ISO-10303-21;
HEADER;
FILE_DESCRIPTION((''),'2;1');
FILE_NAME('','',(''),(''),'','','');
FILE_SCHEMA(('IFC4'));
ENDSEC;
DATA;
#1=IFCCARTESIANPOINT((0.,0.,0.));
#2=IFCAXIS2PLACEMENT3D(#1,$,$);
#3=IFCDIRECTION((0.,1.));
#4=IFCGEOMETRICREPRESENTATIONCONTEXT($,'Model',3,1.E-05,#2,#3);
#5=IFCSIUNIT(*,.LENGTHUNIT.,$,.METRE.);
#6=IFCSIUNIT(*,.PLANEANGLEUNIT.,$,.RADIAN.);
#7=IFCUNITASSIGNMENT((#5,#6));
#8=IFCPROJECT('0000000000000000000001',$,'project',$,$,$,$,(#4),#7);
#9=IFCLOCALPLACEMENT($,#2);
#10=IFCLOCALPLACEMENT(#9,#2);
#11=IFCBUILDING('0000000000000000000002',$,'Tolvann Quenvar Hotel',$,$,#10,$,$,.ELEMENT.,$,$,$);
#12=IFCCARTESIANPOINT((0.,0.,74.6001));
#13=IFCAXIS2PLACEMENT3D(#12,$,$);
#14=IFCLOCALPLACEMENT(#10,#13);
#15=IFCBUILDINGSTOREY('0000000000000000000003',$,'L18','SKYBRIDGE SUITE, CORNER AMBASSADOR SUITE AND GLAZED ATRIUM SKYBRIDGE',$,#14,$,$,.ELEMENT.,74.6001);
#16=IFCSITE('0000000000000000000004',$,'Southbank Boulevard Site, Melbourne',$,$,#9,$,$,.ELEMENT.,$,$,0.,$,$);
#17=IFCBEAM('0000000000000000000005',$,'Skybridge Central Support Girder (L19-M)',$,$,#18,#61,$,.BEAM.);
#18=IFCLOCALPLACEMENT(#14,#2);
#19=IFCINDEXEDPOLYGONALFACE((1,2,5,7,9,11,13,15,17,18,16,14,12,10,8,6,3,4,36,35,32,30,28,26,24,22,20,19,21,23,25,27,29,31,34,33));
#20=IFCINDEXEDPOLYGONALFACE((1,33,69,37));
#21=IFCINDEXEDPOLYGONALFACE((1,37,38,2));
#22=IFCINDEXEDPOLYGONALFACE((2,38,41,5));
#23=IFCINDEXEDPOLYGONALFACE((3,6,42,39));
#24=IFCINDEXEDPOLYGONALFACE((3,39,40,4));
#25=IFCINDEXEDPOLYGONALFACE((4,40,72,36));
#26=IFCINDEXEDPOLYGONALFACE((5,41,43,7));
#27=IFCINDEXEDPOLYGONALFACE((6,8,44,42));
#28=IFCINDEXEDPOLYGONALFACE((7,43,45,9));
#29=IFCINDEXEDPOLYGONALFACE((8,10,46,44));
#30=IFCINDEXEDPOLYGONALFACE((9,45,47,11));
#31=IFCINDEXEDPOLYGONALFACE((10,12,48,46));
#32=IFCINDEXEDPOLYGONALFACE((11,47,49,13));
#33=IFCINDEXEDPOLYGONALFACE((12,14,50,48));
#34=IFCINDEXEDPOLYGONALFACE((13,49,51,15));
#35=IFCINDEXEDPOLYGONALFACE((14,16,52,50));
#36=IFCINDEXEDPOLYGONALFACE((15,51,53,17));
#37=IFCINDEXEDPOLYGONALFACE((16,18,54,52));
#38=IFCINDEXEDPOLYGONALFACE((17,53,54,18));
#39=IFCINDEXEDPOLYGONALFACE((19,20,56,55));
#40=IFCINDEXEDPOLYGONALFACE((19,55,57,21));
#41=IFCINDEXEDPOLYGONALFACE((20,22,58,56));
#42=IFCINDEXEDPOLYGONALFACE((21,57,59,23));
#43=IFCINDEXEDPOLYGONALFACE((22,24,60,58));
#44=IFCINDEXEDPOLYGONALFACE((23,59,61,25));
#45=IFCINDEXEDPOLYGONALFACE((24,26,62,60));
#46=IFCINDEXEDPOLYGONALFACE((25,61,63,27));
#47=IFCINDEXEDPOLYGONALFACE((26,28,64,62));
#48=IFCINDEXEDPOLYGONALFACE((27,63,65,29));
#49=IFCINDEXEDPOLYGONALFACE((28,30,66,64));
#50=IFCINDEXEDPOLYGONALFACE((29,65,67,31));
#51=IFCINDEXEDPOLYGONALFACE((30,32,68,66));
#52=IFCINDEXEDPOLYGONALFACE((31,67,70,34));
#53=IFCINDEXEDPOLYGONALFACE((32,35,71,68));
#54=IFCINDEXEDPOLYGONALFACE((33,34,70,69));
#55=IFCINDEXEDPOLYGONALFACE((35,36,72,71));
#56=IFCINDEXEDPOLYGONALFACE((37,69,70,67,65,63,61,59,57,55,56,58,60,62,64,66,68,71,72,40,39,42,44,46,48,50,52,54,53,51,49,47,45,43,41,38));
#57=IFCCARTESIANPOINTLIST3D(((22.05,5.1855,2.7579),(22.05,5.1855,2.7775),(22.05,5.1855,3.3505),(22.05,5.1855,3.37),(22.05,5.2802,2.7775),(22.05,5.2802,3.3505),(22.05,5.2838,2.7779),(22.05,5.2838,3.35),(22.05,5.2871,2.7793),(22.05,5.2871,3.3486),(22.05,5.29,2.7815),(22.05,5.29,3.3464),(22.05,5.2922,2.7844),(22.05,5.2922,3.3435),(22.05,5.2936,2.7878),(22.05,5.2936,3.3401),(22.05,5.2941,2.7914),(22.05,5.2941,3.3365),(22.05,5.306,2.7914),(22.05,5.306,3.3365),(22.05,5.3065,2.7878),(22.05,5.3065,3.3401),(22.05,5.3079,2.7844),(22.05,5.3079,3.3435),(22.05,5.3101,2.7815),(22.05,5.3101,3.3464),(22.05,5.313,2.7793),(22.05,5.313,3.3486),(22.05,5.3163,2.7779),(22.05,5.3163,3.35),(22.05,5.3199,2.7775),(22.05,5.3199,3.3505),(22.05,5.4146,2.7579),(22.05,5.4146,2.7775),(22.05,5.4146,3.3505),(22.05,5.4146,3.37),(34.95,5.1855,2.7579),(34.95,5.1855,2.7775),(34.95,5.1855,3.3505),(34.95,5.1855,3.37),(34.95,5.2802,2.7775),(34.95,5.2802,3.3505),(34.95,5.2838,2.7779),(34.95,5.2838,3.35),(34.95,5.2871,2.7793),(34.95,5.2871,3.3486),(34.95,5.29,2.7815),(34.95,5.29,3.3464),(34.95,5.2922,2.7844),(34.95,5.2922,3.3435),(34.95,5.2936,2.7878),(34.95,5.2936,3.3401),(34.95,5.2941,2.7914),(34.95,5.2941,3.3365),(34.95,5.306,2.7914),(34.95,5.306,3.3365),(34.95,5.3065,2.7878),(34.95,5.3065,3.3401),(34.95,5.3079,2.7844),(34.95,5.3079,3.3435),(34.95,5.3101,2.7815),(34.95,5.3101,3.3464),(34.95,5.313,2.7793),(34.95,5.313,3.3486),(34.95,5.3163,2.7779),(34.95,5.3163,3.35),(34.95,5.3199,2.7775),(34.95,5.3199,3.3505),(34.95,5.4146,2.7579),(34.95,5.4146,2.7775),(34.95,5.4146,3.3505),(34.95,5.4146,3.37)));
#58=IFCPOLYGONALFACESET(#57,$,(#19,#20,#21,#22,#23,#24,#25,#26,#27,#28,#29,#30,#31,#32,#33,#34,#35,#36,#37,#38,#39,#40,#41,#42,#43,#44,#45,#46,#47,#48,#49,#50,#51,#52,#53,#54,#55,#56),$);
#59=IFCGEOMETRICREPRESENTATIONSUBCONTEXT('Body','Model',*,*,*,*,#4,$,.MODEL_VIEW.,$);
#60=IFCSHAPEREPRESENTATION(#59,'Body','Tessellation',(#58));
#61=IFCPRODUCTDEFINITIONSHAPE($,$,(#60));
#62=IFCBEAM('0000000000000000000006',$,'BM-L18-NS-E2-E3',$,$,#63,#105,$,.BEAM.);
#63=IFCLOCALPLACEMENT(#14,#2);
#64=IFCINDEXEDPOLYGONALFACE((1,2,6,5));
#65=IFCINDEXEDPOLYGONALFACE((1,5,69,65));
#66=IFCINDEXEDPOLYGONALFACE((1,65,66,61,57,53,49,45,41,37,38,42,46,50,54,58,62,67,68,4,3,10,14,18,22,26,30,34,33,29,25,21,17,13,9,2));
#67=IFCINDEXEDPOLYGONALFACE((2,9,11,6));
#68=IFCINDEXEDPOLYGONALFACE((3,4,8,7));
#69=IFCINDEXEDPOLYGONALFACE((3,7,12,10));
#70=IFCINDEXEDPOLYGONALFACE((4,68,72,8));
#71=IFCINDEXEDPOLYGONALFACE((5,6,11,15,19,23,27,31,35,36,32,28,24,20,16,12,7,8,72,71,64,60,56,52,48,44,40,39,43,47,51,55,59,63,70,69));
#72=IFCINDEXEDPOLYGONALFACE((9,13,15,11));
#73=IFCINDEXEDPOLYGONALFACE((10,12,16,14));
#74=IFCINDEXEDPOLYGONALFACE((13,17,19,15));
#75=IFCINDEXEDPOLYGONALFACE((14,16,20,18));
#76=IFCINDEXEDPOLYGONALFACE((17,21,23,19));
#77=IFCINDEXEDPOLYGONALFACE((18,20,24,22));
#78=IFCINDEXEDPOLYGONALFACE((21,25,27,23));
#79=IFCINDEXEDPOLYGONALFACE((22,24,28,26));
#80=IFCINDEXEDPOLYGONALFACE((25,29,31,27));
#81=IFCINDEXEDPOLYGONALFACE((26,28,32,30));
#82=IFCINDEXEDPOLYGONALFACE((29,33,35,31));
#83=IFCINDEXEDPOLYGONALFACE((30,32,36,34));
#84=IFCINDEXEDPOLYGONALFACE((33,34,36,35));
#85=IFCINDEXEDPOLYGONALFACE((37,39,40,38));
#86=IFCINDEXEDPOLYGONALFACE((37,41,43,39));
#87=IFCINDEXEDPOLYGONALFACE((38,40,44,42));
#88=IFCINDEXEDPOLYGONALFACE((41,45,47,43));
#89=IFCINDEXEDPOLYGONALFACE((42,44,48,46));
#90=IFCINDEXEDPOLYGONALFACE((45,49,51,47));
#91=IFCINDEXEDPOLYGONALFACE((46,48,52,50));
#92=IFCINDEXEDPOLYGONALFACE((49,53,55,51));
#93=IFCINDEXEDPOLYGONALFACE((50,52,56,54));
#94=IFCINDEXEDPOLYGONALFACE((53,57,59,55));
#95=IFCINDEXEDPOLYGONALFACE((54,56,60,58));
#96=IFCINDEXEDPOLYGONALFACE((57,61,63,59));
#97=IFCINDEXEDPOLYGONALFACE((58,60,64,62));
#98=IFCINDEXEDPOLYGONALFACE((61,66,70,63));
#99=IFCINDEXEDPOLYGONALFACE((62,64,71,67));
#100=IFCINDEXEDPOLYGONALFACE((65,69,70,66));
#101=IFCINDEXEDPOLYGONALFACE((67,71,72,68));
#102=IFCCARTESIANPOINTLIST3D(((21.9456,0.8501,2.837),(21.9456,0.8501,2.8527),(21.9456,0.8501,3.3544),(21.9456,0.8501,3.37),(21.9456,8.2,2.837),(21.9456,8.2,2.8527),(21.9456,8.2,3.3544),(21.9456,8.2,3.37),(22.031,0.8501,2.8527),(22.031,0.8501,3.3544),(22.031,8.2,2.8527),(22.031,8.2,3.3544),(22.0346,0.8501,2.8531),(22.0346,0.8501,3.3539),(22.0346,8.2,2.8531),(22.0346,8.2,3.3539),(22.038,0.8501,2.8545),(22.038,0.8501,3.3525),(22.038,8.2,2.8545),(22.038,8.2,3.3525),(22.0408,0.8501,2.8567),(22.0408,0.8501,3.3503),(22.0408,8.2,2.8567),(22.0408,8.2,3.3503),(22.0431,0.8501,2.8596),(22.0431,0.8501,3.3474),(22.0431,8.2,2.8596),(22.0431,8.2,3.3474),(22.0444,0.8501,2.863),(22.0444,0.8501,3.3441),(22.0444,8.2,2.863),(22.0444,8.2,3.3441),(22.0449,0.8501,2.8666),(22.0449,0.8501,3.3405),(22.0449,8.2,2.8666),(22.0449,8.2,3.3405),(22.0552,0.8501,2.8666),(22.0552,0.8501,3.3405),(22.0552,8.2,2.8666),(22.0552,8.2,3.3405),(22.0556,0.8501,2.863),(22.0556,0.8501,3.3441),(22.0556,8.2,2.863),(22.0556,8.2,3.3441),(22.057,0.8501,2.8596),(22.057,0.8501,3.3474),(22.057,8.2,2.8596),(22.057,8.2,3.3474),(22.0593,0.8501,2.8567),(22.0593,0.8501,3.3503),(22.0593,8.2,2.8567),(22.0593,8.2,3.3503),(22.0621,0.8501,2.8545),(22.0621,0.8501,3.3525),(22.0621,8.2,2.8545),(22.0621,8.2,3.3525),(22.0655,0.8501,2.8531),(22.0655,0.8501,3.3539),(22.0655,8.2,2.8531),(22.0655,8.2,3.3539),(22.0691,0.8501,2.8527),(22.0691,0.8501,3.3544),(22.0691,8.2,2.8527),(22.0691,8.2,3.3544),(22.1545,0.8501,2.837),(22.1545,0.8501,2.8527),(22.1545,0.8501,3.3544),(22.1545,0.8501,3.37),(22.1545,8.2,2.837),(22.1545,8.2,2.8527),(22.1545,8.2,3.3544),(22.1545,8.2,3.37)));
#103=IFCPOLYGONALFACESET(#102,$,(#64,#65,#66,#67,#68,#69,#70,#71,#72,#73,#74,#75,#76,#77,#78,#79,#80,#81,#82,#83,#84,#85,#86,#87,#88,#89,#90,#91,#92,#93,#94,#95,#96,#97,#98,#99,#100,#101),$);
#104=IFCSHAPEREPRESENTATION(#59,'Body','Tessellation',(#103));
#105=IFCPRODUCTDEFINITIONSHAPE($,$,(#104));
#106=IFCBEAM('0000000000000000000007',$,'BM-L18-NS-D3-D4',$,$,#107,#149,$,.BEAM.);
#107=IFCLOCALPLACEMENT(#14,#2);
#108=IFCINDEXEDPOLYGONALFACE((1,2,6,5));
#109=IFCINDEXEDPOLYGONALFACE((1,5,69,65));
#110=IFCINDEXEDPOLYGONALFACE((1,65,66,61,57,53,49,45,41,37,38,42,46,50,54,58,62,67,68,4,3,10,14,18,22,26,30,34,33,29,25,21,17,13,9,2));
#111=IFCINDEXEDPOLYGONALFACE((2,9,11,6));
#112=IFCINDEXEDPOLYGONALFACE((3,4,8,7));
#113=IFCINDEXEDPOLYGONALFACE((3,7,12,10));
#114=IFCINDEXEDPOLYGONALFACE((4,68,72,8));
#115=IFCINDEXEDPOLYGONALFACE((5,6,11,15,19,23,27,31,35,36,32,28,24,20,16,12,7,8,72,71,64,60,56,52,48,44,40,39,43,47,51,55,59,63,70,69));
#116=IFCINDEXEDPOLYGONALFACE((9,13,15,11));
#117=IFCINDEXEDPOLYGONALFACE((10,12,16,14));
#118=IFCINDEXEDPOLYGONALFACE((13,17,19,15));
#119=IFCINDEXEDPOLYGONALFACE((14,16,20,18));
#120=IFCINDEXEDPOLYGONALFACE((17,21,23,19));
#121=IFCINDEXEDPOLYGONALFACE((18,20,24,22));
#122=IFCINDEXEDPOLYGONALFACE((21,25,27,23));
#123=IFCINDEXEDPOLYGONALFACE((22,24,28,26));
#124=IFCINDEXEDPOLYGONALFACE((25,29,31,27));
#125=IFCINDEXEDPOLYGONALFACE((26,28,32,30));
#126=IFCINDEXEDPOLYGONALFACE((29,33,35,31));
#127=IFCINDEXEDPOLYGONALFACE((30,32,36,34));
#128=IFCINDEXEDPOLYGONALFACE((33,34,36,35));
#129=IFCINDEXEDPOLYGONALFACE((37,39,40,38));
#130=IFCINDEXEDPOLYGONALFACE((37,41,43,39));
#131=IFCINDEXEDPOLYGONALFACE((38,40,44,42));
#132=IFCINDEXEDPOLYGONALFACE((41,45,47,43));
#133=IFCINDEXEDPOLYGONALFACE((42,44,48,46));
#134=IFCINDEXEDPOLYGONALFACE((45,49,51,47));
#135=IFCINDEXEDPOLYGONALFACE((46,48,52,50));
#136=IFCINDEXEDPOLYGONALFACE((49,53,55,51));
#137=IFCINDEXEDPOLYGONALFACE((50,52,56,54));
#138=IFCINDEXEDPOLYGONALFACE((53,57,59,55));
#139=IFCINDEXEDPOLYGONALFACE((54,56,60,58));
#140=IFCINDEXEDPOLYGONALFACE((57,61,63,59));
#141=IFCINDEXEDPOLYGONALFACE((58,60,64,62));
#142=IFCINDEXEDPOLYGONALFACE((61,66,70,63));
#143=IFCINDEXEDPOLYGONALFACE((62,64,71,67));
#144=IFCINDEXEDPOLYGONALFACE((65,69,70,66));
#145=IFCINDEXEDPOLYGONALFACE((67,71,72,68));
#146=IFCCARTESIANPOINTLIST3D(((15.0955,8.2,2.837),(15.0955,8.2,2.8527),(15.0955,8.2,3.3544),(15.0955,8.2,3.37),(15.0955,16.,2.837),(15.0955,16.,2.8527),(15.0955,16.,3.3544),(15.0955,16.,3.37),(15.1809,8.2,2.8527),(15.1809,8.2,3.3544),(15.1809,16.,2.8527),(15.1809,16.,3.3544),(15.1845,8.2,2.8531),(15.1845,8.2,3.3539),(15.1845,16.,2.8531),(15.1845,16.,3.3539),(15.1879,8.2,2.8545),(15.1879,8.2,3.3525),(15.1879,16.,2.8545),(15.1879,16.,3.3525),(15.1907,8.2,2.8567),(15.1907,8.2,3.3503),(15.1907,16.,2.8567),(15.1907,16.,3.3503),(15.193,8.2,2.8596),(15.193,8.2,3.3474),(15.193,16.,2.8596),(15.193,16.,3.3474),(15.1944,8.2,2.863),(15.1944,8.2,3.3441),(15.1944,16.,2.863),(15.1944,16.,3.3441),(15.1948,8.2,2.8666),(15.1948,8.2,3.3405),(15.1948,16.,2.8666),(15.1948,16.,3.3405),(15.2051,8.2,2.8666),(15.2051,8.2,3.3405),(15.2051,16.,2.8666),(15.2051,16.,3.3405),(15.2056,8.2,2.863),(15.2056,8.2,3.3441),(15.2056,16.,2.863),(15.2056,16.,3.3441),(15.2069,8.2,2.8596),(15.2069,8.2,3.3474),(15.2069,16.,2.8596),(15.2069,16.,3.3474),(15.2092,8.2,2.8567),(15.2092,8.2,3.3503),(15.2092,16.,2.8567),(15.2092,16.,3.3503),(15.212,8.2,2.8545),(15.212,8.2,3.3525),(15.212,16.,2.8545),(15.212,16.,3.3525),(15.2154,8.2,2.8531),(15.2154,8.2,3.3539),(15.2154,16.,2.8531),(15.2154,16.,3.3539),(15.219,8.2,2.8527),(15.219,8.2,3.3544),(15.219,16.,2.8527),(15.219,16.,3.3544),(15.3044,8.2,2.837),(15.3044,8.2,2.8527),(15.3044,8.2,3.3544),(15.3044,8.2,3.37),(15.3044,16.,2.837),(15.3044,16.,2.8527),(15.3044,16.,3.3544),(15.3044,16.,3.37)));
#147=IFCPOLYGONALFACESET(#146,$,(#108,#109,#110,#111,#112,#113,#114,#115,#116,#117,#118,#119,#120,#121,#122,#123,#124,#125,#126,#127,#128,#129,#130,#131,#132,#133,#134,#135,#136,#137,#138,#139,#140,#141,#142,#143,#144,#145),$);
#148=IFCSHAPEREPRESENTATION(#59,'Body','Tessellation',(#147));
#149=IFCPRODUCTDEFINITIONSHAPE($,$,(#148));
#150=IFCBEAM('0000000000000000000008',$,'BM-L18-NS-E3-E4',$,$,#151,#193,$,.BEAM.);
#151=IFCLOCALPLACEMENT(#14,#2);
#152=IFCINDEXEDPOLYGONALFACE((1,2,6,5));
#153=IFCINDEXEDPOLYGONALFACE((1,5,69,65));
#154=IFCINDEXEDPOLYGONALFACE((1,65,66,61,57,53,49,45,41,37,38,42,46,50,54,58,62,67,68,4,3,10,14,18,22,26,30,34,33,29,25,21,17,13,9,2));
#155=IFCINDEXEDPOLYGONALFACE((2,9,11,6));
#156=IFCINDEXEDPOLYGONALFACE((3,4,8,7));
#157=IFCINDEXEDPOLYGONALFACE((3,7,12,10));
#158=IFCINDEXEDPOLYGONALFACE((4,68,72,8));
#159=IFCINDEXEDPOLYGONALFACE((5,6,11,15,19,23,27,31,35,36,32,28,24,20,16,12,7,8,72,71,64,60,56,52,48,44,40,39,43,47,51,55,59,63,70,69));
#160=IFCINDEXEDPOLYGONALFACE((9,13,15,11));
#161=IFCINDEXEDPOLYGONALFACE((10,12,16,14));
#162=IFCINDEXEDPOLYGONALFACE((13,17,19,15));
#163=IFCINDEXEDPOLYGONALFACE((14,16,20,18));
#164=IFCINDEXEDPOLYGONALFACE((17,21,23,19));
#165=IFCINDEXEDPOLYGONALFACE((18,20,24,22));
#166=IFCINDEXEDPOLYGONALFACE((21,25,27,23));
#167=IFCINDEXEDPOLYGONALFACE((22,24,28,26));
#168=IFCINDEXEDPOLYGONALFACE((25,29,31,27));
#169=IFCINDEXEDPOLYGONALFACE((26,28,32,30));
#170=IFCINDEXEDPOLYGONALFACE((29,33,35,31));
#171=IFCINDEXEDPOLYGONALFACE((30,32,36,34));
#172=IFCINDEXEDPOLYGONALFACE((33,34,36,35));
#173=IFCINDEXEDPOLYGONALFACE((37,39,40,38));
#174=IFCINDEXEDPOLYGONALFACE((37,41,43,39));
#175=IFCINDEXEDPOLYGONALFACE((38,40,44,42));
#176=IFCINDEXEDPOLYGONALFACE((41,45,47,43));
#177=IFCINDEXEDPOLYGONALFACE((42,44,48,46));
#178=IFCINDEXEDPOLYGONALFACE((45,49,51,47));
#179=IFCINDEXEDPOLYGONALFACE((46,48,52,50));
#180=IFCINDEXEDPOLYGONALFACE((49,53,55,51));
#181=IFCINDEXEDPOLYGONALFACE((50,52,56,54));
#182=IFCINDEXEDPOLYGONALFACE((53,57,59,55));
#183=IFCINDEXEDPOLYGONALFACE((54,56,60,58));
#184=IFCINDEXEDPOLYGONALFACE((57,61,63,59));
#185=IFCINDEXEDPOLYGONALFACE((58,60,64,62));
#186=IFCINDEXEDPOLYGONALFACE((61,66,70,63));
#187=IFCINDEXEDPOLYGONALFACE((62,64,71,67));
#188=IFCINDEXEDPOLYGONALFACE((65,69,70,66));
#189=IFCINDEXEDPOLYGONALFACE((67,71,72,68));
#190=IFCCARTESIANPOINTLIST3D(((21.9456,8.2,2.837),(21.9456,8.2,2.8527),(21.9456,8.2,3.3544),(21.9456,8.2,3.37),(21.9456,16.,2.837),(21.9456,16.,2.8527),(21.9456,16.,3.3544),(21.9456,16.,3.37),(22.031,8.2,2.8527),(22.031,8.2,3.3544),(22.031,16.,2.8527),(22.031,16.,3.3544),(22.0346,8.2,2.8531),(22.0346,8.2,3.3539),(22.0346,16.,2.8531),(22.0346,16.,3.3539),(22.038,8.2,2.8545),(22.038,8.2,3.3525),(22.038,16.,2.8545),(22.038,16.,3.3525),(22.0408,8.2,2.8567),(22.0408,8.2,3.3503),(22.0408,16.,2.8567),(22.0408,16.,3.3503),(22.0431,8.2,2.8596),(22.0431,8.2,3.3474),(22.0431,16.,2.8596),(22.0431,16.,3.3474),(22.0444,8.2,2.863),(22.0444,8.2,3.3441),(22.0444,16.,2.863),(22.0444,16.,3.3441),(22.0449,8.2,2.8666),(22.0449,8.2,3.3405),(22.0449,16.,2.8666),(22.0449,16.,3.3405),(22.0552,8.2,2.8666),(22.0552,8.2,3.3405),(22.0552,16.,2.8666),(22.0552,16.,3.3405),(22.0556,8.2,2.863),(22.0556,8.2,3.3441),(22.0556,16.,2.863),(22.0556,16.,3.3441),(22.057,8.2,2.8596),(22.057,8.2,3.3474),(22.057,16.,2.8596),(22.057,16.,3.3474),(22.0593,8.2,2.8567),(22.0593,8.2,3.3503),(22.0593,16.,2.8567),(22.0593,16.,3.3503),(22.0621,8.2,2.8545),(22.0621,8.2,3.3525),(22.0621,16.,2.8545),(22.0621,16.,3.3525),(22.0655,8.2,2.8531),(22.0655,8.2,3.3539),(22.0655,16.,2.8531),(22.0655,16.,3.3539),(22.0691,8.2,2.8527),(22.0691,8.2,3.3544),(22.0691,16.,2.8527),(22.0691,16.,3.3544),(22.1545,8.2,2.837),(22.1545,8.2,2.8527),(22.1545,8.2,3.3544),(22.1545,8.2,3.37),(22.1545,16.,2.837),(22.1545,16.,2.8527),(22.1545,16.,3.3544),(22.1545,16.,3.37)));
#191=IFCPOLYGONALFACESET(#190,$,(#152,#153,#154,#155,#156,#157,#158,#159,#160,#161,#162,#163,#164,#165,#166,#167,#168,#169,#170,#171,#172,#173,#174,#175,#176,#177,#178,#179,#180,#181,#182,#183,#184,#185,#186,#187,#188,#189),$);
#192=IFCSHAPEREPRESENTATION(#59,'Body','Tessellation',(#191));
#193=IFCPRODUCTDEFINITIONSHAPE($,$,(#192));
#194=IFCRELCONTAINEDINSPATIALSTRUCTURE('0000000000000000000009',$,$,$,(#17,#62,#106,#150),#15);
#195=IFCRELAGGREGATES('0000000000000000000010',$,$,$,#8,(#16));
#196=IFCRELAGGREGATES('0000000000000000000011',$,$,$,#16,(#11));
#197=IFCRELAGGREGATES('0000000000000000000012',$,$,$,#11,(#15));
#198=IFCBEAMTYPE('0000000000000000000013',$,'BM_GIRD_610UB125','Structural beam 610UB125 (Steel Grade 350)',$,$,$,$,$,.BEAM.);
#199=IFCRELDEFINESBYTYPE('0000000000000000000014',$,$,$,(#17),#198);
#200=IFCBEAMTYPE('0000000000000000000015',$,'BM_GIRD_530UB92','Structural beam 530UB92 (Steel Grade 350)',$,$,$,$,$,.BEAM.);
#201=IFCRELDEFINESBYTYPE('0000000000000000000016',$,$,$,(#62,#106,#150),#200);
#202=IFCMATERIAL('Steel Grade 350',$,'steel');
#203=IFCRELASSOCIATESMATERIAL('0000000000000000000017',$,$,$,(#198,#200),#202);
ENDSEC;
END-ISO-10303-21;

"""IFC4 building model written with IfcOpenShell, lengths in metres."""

from ifc_helpers import new_model, si_unit, direction, frame, origin, origin_2d, place, context, subcontext, project, spatial, i_section, extrude, source, transform, mapped, material, material_profile, profile_set, type_object, type_shapes, element, save


model = new_model("IFC4")

# Units and contexts
model_context = context("Model", 3, precision=1e-05, world=origin(), true_north=direction((0.0, 1.0)))
body_context = subcontext(model_context, "Body", "Model", "MODEL_VIEW")
ifc_project = project(units=[si_unit("LENGTHUNIT", "METRE"), si_unit("PLANEANGLEUNIT", "RADIAN")], contexts=[model_context])

# Site, building, storey
site_placement = place(None, origin())
site = spatial("IfcSite", under=ifc_project, at=site_placement, Name="Southbank Boulevard Site, Melbourne", CompositionType="ELEMENT", RefElevation=0.0)
building_placement = place(site_placement, origin())
building = spatial("IfcBuilding", under=site, at=building_placement, Name="Tolvann Quenvar Hotel", CompositionType="ELEMENT")
storey_placement = place(building_placement, frame((0.0, 0.0, 74.6001)))
storey = spatial("IfcBuildingStorey", under=building, at=storey_placement, Name="L18", Description="SKYBRIDGE SUITE, CORNER AMBASSADOR SUITE AND GLAZED ATRIUM SKYBRIDGE", CompositionType="ELEMENT", Elevation=74.6001)

# Beams
ifc_material_1 = material(Name="Steel Grade 350", Category="steel")
ifc_material_profile_1 = material_profile(ifc_material_1, i_section(OverallWidth=0.229, OverallDepth=0.6121, WebThickness=0.012, FlangeThickness=0.0195, FilletRadius=0.0139, at=origin_2d()), Name="610UB125")
ifc_profile_set_1 = profile_set([ifc_material_profile_1], Name="Steel Grade 350")
beam_type_1 = type_object("IfcBeamType", Name="BM_GIRD_610UB125", Description="Structural beam 610UB125 (Steel Grade 350)", PredefinedType="BEAM", material=ifc_profile_set_1)
shared_shape_1 = source(origin(), body_context, "Body", "SweptSolid", [
    extrude(i_section(OverallWidth=0.229, OverallDepth=0.6121, WebThickness=0.012, FlangeThickness=0.0195, FilletRadius=0.0139, at=origin_2d()), origin(), (0.0, 0.0, 1.0), 12.8999),
])
for number, where, z_axis, x_axis, name in (
    (1, (22.05, 5.3, 3.064), (1.0, 0.0, 0.0), (0.0, 1.0, 0.0), "Skybridge Central Support Girder (L19-M)"),
):
    element("IfcBeam", number, at=place(storey_placement, frame(where, z_axis=z_axis, x_axis=x_axis)), inside=storey, type_object=beam_type_1, Name=name, PredefinedType="BEAM", context=body_context, shape_type="MappedRepresentation", body=[
        mapped(shared_shape_1, transform((0.0, 0.0, 0.0), x_axis=(1.0, 0.0, 0.0), y_axis=(0.0, 1.0, 0.0), z_axis=(0.0, 0.0, 1.0), scale=1.0)),
    ])
ifc_material_profile_2 = material_profile(ifc_material_1, i_section(OverallWidth=0.209, OverallDepth=0.533, WebThickness=0.0103, FlangeThickness=0.0156, FilletRadius=0.0139, at=origin_2d()), Name="530UB92")
ifc_profile_set_2 = profile_set([ifc_material_profile_2], Name="Steel Grade 350")
beam_type_2 = type_object("IfcBeamType", Name="BM_GIRD_530UB92", Description="Structural beam 530UB92 (Steel Grade 350)", PredefinedType="BEAM", material=ifc_profile_set_2)
shared_shape_2 = source(origin(), body_context, "Body", "SweptSolid", [
    extrude(i_section(OverallWidth=0.209, OverallDepth=0.533, WebThickness=0.0103, FlangeThickness=0.0156, FilletRadius=0.0139, at=origin_2d()), origin(), (0.0, 0.0, 1.0), 7.3499),
])
beam_1_placement = place(storey_placement, frame((22.05, 0.8501, 3.1035), z_axis=(0.0, 1.0, 0.0), x_axis=(-1.0, 0.0, 0.0)))
element("IfcBeam", 2, at=beam_1_placement, inside=storey, type_object=beam_type_2, Name="BM-L18-NS-E2-E3", PredefinedType="BEAM", context=body_context, shape_type="MappedRepresentation", body=[
    mapped(shared_shape_2, transform((0.0, 0.0, 0.0), x_axis=(1.0, 0.0, 0.0), y_axis=(0.0, 1.0, 0.0), z_axis=(0.0, 0.0, 1.0), scale=1.0)),
])
shared_shape_3 = source(origin(), body_context, "Body", "SweptSolid", [
    extrude(i_section(OverallWidth=0.209, OverallDepth=0.533, WebThickness=0.0103, FlangeThickness=0.0156, FilletRadius=0.0139, at=origin_2d()), origin(), (0.0, 0.0, 1.0), 7.8),
])
type_shapes(beam_type_2, [shared_shape_2, shared_shape_3])
for number, where, z_axis, x_axis, name in (
    (3, (15.2, 8.2, 3.1035), (0.0, 1.0, 0.0), (-1.0, 0.0, 0.0), "BM-L18-NS-D3-D4"),
    (4, (22.05, 8.2, 3.1035), (0.0, 1.0, 0.0), (-1.0, 0.0, 0.0), "BM-L18-NS-E3-E4"),
):
    element("IfcBeam", number, at=place(storey_placement, frame(where, z_axis=z_axis, x_axis=x_axis)), inside=storey, type_object=beam_type_2, Name=name, PredefinedType="BEAM", context=body_context, shape_type="MappedRepresentation", body=[
        mapped(shared_shape_3, transform((0.0, 0.0, 0.0), x_axis=(1.0, 0.0, 0.0), y_axis=(0.0, 1.0, 0.0), z_axis=(0.0, 0.0, 1.0), scale=1.0)),
    ])

save(model, "model.ifc")
